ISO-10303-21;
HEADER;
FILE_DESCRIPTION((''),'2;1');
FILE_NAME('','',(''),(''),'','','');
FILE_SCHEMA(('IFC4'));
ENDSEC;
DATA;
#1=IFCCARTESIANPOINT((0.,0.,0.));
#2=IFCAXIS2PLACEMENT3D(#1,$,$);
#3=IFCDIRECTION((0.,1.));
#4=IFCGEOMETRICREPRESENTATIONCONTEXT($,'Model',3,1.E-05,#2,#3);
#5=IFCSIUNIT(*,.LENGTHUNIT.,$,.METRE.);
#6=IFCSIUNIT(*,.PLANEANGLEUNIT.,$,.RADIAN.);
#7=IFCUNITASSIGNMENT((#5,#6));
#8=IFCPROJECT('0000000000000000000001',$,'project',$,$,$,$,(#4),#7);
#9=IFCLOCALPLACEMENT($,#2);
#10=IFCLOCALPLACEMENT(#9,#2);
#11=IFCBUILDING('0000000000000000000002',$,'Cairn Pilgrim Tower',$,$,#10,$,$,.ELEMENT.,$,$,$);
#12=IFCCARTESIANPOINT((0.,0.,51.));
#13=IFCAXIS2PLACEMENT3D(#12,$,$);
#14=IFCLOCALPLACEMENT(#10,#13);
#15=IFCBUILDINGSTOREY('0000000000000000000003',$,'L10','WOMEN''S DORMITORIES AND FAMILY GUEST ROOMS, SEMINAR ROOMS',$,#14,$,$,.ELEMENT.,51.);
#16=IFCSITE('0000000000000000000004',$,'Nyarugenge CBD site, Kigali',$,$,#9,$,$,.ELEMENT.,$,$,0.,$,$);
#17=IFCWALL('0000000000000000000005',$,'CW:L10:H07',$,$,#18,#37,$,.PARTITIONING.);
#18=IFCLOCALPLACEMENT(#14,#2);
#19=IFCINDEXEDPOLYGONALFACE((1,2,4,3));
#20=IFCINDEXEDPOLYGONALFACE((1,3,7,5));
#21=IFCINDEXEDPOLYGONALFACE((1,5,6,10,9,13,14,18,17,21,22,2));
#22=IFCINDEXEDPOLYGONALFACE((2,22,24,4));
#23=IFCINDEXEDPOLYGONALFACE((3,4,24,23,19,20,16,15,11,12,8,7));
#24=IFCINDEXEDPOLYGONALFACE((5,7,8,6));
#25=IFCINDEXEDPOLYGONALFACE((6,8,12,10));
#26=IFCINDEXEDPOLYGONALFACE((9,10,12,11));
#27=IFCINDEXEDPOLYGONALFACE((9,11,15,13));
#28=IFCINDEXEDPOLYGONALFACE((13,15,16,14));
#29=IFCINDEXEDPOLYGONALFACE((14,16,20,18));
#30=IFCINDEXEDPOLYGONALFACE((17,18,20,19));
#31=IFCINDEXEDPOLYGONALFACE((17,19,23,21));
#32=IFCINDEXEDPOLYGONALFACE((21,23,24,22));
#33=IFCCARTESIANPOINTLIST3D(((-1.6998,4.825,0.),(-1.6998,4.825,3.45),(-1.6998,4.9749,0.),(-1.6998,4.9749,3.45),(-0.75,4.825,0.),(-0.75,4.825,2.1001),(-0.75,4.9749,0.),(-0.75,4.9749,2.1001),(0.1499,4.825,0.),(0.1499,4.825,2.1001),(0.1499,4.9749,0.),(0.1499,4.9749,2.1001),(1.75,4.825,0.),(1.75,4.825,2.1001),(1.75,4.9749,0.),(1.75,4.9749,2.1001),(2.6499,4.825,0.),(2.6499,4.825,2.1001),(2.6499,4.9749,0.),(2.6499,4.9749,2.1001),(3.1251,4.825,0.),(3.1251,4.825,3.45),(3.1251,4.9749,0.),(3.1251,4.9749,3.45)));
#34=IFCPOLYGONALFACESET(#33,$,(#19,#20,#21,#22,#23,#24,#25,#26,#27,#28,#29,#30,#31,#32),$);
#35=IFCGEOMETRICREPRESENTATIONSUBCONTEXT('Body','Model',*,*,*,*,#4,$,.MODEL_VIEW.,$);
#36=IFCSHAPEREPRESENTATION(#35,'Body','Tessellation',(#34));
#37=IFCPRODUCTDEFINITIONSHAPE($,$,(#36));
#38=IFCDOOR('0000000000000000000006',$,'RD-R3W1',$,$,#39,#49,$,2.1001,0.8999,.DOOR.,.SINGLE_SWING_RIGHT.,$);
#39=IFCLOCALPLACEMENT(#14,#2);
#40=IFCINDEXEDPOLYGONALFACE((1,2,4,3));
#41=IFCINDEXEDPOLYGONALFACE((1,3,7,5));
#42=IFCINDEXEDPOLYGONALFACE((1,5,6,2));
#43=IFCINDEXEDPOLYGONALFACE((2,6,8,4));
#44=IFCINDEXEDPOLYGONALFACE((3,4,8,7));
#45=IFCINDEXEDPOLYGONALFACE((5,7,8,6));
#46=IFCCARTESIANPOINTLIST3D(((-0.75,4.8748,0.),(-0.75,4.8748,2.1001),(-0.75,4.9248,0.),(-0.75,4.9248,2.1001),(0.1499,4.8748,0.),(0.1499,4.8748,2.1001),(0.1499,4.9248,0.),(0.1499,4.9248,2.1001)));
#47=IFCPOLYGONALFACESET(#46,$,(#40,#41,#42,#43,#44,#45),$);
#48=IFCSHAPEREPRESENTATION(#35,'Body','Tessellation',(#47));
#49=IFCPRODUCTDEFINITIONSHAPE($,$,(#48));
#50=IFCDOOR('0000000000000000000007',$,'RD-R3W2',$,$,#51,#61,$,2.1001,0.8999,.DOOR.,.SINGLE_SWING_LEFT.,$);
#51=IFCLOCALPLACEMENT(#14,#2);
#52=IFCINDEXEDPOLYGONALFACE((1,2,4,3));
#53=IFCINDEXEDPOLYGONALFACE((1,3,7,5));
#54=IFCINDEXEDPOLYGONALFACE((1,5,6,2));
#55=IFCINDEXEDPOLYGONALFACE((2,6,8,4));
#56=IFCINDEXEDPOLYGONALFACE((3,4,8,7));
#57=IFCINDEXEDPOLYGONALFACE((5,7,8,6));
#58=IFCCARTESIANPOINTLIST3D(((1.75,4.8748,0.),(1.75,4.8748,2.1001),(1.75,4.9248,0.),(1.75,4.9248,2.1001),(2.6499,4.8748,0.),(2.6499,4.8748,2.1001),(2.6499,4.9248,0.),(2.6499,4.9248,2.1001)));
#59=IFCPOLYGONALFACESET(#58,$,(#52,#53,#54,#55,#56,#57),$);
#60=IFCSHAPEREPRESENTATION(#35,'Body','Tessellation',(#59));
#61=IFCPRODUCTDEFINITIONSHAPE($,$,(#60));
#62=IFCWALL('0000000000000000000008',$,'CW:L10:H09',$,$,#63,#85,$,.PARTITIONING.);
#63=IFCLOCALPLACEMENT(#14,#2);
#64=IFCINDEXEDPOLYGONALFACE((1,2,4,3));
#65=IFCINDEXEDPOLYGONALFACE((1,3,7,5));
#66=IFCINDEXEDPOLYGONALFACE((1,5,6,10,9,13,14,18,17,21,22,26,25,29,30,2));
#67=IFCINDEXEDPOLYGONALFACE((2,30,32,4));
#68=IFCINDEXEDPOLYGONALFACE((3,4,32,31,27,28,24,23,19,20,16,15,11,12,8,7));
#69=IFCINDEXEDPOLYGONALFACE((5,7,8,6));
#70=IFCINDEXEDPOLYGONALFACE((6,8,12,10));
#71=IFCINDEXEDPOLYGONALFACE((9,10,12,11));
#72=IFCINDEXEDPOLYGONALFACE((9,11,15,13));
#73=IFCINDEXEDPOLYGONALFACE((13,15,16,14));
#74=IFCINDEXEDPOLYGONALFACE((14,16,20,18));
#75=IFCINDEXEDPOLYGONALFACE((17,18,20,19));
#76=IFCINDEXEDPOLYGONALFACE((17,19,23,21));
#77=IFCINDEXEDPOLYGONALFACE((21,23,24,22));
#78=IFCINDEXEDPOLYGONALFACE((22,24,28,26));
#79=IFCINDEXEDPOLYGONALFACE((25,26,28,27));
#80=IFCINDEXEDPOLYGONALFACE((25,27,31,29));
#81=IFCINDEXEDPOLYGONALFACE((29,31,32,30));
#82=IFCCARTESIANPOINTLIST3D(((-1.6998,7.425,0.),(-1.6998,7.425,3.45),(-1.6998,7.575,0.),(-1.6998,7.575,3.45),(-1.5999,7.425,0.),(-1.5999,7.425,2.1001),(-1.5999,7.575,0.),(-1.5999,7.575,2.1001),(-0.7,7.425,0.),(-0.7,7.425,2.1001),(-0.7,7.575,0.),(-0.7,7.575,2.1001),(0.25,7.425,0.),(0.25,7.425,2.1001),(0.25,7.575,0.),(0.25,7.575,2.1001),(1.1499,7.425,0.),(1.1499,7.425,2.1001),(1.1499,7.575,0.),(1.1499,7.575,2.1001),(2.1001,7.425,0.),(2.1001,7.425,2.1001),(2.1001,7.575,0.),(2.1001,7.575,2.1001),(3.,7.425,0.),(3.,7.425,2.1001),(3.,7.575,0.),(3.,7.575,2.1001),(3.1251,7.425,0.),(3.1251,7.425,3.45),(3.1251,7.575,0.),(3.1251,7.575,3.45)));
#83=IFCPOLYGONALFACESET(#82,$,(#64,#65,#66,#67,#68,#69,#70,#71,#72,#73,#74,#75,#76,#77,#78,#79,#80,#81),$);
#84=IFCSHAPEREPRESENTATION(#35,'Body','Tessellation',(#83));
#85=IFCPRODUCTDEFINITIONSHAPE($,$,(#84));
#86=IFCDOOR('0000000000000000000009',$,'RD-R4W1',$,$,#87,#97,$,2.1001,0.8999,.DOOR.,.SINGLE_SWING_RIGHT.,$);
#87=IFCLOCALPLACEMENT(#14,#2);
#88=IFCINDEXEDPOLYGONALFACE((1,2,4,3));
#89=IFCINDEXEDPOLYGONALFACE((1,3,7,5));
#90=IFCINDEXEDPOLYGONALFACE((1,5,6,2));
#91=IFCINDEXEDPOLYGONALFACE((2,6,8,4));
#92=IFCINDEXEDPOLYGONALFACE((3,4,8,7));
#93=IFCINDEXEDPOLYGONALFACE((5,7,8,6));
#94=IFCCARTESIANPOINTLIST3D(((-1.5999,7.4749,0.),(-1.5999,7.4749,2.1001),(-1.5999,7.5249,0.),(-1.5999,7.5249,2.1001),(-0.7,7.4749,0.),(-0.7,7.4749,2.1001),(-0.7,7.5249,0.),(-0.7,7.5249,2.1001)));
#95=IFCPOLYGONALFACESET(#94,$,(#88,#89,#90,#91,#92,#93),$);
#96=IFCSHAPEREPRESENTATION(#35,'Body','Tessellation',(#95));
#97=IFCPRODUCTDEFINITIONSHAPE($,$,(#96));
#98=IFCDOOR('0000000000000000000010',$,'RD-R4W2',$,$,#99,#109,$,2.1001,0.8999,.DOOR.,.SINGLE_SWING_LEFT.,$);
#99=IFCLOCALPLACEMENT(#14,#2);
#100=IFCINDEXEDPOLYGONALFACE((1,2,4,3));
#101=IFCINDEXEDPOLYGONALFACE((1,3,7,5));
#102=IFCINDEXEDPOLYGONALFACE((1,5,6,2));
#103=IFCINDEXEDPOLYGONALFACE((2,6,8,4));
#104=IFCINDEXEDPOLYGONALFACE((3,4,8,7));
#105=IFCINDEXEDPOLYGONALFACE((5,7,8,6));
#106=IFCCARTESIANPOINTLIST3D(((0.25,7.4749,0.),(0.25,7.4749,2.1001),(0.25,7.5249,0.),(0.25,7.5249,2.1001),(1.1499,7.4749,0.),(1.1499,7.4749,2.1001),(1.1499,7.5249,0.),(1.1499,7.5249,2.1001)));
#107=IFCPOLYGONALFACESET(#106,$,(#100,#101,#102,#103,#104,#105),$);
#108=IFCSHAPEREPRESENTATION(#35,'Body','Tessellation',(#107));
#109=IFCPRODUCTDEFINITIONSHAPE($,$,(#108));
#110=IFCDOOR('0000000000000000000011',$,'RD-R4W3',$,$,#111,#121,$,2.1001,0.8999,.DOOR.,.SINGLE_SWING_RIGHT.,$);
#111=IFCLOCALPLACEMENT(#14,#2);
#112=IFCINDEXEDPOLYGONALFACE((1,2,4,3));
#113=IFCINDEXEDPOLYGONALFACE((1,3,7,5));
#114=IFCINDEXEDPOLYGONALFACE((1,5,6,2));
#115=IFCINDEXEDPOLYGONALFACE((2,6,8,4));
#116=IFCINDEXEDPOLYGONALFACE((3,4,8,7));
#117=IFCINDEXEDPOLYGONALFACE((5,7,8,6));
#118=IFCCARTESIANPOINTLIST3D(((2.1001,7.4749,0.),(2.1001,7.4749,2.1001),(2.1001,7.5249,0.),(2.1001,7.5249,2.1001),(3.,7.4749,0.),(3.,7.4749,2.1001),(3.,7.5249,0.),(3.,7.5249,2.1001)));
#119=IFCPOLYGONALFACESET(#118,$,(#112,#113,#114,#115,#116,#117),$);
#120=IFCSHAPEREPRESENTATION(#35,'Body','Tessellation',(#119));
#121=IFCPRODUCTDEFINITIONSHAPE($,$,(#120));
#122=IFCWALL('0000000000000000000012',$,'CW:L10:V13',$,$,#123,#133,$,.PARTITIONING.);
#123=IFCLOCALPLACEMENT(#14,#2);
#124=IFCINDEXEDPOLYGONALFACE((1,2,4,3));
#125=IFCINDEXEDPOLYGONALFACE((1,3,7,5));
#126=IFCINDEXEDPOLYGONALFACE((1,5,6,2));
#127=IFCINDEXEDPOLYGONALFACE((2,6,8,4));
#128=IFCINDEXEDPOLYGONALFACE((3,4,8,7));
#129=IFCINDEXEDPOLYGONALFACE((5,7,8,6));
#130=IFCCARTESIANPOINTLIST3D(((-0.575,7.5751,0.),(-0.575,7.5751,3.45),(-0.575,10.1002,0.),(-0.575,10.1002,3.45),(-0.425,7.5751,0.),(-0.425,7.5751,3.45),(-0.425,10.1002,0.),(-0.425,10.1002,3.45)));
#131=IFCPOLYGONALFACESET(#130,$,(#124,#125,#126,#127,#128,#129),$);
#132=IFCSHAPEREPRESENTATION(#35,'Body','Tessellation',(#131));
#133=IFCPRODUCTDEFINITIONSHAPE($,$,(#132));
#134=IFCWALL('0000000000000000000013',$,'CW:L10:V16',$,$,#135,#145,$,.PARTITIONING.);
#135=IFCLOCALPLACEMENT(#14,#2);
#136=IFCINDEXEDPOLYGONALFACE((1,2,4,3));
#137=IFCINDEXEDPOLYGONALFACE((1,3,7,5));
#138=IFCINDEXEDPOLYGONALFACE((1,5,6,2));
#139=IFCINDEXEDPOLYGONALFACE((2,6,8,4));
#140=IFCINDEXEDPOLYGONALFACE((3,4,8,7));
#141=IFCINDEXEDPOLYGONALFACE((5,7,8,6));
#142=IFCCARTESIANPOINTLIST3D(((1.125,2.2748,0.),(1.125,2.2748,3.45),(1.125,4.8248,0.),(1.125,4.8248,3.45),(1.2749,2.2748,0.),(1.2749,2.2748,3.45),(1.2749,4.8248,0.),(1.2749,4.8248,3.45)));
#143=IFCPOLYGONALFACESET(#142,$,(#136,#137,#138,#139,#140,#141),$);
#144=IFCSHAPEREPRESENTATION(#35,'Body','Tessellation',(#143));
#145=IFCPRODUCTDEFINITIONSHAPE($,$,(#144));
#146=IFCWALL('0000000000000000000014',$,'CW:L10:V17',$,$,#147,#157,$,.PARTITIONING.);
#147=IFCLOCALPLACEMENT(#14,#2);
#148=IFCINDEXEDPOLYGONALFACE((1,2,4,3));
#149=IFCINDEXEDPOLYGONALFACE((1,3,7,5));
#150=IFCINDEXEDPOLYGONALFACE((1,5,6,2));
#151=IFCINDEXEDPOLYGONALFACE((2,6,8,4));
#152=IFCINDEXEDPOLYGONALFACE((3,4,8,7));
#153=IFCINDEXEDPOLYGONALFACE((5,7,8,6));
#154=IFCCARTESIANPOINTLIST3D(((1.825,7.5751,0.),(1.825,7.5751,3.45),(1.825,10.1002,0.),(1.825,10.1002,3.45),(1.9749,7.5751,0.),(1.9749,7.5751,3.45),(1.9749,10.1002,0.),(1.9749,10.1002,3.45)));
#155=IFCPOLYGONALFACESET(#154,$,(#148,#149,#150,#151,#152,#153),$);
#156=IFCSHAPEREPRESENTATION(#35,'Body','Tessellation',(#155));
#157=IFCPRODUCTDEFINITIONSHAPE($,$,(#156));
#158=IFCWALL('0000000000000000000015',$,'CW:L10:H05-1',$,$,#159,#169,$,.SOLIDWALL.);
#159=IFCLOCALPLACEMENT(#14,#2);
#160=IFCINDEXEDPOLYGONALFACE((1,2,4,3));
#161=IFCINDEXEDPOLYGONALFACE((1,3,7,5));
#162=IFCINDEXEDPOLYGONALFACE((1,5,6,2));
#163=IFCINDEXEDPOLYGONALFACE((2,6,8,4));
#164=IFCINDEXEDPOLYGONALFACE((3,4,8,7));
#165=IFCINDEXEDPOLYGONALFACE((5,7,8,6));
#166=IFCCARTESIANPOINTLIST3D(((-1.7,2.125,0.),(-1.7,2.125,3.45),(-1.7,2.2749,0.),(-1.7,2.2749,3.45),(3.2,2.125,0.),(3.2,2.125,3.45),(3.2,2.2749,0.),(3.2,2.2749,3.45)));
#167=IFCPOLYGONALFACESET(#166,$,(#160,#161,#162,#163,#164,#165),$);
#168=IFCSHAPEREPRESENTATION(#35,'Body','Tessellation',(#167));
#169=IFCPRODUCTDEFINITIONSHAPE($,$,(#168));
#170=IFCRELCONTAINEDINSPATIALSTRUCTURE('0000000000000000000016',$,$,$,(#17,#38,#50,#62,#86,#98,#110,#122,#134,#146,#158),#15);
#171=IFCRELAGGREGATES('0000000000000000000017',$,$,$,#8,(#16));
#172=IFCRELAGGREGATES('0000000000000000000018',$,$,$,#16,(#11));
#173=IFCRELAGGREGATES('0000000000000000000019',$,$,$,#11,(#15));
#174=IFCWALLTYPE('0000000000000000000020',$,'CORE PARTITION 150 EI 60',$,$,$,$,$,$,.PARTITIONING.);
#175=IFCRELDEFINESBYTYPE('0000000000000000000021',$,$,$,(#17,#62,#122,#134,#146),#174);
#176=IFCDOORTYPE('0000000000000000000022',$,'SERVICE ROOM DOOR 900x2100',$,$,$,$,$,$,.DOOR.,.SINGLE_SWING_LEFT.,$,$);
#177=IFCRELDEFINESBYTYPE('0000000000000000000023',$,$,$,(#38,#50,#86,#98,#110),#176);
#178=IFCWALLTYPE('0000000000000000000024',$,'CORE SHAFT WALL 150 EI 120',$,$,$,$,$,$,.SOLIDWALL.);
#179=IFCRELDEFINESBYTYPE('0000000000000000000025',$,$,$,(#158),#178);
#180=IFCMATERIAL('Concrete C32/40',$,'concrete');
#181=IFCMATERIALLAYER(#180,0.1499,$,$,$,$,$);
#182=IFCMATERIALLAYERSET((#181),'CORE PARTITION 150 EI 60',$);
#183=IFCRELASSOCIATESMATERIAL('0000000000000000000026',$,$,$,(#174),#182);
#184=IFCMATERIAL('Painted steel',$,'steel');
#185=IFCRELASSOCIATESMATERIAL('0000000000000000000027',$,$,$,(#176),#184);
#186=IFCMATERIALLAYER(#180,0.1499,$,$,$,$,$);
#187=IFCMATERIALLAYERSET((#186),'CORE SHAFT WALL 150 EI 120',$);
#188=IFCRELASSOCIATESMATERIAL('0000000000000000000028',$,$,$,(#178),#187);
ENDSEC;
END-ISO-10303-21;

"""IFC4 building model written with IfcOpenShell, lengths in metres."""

from ifc_helpers import new_model, si_unit, direction, frame, frame_2d, origin, place, context, subcontext, project, spatial, rectangle, extrude, material, layer, layer_set, type_object, element, fill, save


model = new_model("IFC4")

# Units and contexts
model_context = context("Model", 3, precision=1e-05, world=origin(), true_north=direction((0.0, 1.0)))
body_context = subcontext(model_context, "Body", "Model", "MODEL_VIEW")
ifc_project = project(units=[si_unit("LENGTHUNIT", "METRE"), si_unit("PLANEANGLEUNIT", "RADIAN")], contexts=[model_context])

# Site, building, storey
site_placement = place(None, origin())
site = spatial("IfcSite", under=ifc_project, at=site_placement, Name="Nyarugenge CBD site, Kigali", CompositionType="ELEMENT", RefElevation=0.0)
building_placement = place(site_placement, origin())
building = spatial("IfcBuilding", under=site, at=building_placement, Name="Cairn Pilgrim Tower", CompositionType="ELEMENT")
storey_placement = place(building_placement, frame((0.0, 0.0, 51.0)))
storey = spatial("IfcBuildingStorey", under=building, at=storey_placement, Name="L10", Description="WOMEN'S DORMITORIES AND FAMILY GUEST ROOMS, SEMINAR ROOMS", CompositionType="ELEMENT", Elevation=51.0)

# Shared definitions
ifc_material_1 = material(Name="Concrete C32/40", Category="concrete")

# Walls, openings, doors
ifc_layer_1 = layer(ifc_material_1, 0.1499)
ifc_layer_set_1 = layer_set([ifc_layer_1], Name="CORE PARTITION 150 EI 60")
wall_type_1 = type_object("IfcWallType", Name="CORE PARTITION 150 EI 60", PredefinedType="PARTITIONING", material=ifc_layer_set_1)
wall_1_placement = place(storey_placement, frame((-1.7, 4.8999, 0.0), z_axis=(0.0, 0.0, 1.0), x_axis=(1.0, 0.0, 0.0)))
wall_1 = element("IfcWall", 1, at=wall_1_placement, inside=storey, type_object=wall_type_1, Name="CW:L10:H07", PredefinedType="PARTITIONING", context=body_context, shape_type="SweptSolid", body=[
    extrude(rectangle(XDim=4.825, YDim=0.1499, at=frame_2d((2.4126, 0.0))), origin(), (0.0, 0.0, 1.0), 3.45),
])
opening_1_placement = place(wall_1_placement, frame((0.95, 0.0, 0.0)))
opening_1 = element("IfcOpeningElement", 2, at=opening_1_placement, cuts=wall_1, PredefinedType="OPENING", context=body_context, shape_type="SweptSolid", body=[
    extrude(rectangle(XDim=0.8999, YDim=2.1001, at=frame_2d((0.45, 1.05))), frame((0.0, 0.085, 0.0), z_axis=(0.0, -1.0, 0.0), x_axis=(1.0, 0.0, 0.0)), (0.0, 0.0, 1.0), 0.1699),
])
opening_2_placement = place(wall_1_placement, frame((3.45, 0.0, 0.0)))
opening_2 = element("IfcOpeningElement", 3, at=opening_2_placement, cuts=wall_1, PredefinedType="OPENING", context=body_context, shape_type="SweptSolid", body=[
    extrude(rectangle(XDim=0.8999, YDim=2.1001, at=frame_2d((0.45, 1.05))), frame((0.0, 0.085, 0.0), z_axis=(0.0, -1.0, 0.0), x_axis=(1.0, 0.0, 0.0)), (0.0, 0.0, 1.0), 0.1699),
])
ifc_material_2 = material(Name="Painted steel", Category="steel")
door_type = type_object("IfcDoorType", Name="SERVICE ROOM DOOR 900x2100", OperationType="SINGLE_SWING_LEFT", PredefinedType="DOOR", material=ifc_material_2)
door_1_placement = place(opening_1_placement, origin())
door_1 = element("IfcDoor", 4, at=door_1_placement, inside=storey, type_object=door_type, Name="RD-R3W1", OperationType="SINGLE_SWING_RIGHT", OverallHeight=2.1001, OverallWidth=0.8999, PredefinedType="DOOR", context=body_context, shape_type="SweptSolid", body=[
    extrude(rectangle(XDim=0.8999, YDim=2.1001, at=frame_2d((0.45, 1.05))), frame((0.0, 0.0249, 0.0), z_axis=(0.0, -1.0, 0.0), x_axis=(1.0, 0.0, 0.0)), (0.0, 0.0, 1.0), 0.05),
])
fill(opening_1, door_1)
door_2_placement = place(opening_2_placement, origin())
door_2 = element("IfcDoor", 5, at=door_2_placement, inside=storey, type_object=door_type, Name="RD-R3W2", OperationType="SINGLE_SWING_LEFT", OverallHeight=2.1001, OverallWidth=0.8999, PredefinedType="DOOR", context=body_context, shape_type="SweptSolid", body=[
    extrude(rectangle(XDim=0.8999, YDim=2.1001, at=frame_2d((0.45, 1.05))), frame((0.0, 0.0249, 0.0), z_axis=(0.0, -1.0, 0.0), x_axis=(1.0, 0.0, 0.0)), (0.0, 0.0, 1.0), 0.05),
])
fill(opening_2, door_2)
wall_2_placement = place(storey_placement, frame((-1.7, 7.5, 0.0), z_axis=(0.0, 0.0, 1.0), x_axis=(1.0, 0.0, 0.0)))
wall_2 = element("IfcWall", 6, at=wall_2_placement, inside=storey, type_object=wall_type_1, Name="CW:L10:H09", PredefinedType="PARTITIONING", context=body_context, shape_type="SweptSolid", body=[
    extrude(rectangle(XDim=4.825, YDim=0.1499, at=frame_2d((2.4126, 0.0))), origin(), (0.0, 0.0, 1.0), 3.45),
])
opening_3_placement = place(wall_2_placement, frame((0.1001, 0.0, 0.0)))
opening_3 = element("IfcOpeningElement", 7, at=opening_3_placement, cuts=wall_2, PredefinedType="OPENING", context=body_context, shape_type="SweptSolid", body=[
    extrude(rectangle(XDim=0.8999, YDim=2.1001, at=frame_2d((0.45, 1.05))), frame((0.0, 0.085, 0.0), z_axis=(0.0, -1.0, 0.0), x_axis=(1.0, 0.0, 0.0)), (0.0, 0.0, 1.0), 0.1699),
])
opening_4_placement = place(wall_2_placement, frame((1.95, 0.0, 0.0)))
opening_4 = element("IfcOpeningElement", 8, at=opening_4_placement, cuts=wall_2, PredefinedType="OPENING", context=body_context, shape_type="SweptSolid", body=[
    extrude(rectangle(XDim=0.8999, YDim=2.1001, at=frame_2d((0.45, 1.05))), frame((0.0, 0.085, 0.0), z_axis=(0.0, -1.0, 0.0), x_axis=(1.0, 0.0, 0.0)), (0.0, 0.0, 1.0), 0.1699),
])
opening_5_placement = place(wall_2_placement, frame((3.8, 0.0, 0.0)))
opening_5 = element("IfcOpeningElement", 9, at=opening_5_placement, cuts=wall_2, PredefinedType="OPENING", context=body_context, shape_type="SweptSolid", body=[
    extrude(rectangle(XDim=0.8999, YDim=2.1001, at=frame_2d((0.45, 1.05))), frame((0.0, 0.085, 0.0), z_axis=(0.0, -1.0, 0.0), x_axis=(1.0, 0.0, 0.0)), (0.0, 0.0, 1.0), 0.1699),
])
door_3_placement = place(opening_3_placement, origin())
door_3 = element("IfcDoor", 10, at=door_3_placement, inside=storey, type_object=door_type, Name="RD-R4W1", OperationType="SINGLE_SWING_RIGHT", OverallHeight=2.1001, OverallWidth=0.8999, PredefinedType="DOOR", context=body_context, shape_type="SweptSolid", body=[
    extrude(rectangle(XDim=0.8999, YDim=2.1001, at=frame_2d((0.45, 1.05))), frame((0.0, 0.0249, 0.0), z_axis=(0.0, -1.0, 0.0), x_axis=(1.0, 0.0, 0.0)), (0.0, 0.0, 1.0), 0.05),
])
fill(opening_3, door_3)
door_4_placement = place(opening_4_placement, origin())
door_4 = element("IfcDoor", 11, at=door_4_placement, inside=storey, type_object=door_type, Name="RD-R4W2", OperationType="SINGLE_SWING_LEFT", OverallHeight=2.1001, OverallWidth=0.8999, PredefinedType="DOOR", context=body_context, shape_type="SweptSolid", body=[
    extrude(rectangle(XDim=0.8999, YDim=2.1001, at=frame_2d((0.45, 1.05))), frame((0.0, 0.0249, 0.0), z_axis=(0.0, -1.0, 0.0), x_axis=(1.0, 0.0, 0.0)), (0.0, 0.0, 1.0), 0.05),
])
fill(opening_4, door_4)
door_5_placement = place(opening_5_placement, origin())
door_5 = element("IfcDoor", 12, at=door_5_placement, inside=storey, type_object=door_type, Name="RD-R4W3", OperationType="SINGLE_SWING_RIGHT", OverallHeight=2.1001, OverallWidth=0.8999, PredefinedType="DOOR", context=body_context, shape_type="SweptSolid", body=[
    extrude(rectangle(XDim=0.8999, YDim=2.1001, at=frame_2d((0.45, 1.05))), frame((0.0, 0.0249, 0.0), z_axis=(0.0, -1.0, 0.0), x_axis=(1.0, 0.0, 0.0)), (0.0, 0.0, 1.0), 0.05),
])
fill(opening_5, door_5)

# Walls
wall_3_placement = place(storey_placement, frame((-0.5, 7.575, 0.0), z_axis=(0.0, 0.0, 1.0), x_axis=(0.0, 1.0, 0.0)))
element("IfcWall", 13, at=wall_3_placement, inside=storey, type_object=wall_type_1, Name="CW:L10:V13", PredefinedType="PARTITIONING", context=body_context, shape_type="SweptSolid", body=[
    extrude(rectangle(XDim=2.5251, YDim=0.1499, at=frame_2d((1.2627, 0.0))), origin(), (0.0, 0.0, 1.0), 3.45),
])
wall_4_placement = place(storey_placement, frame((1.2, 2.2749, 0.0), z_axis=(0.0, 0.0, 1.0), x_axis=(0.0, 1.0, 0.0)))
element("IfcWall", 14, at=wall_4_placement, inside=storey, type_object=wall_type_1, Name="CW:L10:V16", PredefinedType="PARTITIONING", context=body_context, shape_type="SweptSolid", body=[
    extrude(rectangle(XDim=2.55, YDim=0.1499, at=frame_2d((1.2749, 0.0))), origin(), (0.0, 0.0, 1.0), 3.45),
])
wall_5_placement = place(storey_placement, frame((1.8999, 7.575, 0.0), z_axis=(0.0, 0.0, 1.0), x_axis=(0.0, 1.0, 0.0)))
element("IfcWall", 15, at=wall_5_placement, inside=storey, type_object=wall_type_1, Name="CW:L10:V17", PredefinedType="PARTITIONING", context=body_context, shape_type="SweptSolid", body=[
    extrude(rectangle(XDim=2.5251, YDim=0.1499, at=frame_2d((1.2627, 0.0))), origin(), (0.0, 0.0, 1.0), 3.45),
])
ifc_layer_2 = layer(ifc_material_1, 0.1499)
ifc_layer_set_2 = layer_set([ifc_layer_2], Name="CORE SHAFT WALL 150 EI 120")
wall_type_2 = type_object("IfcWallType", Name="CORE SHAFT WALL 150 EI 120", PredefinedType="SOLIDWALL", material=ifc_layer_set_2)
wall_6_placement = place(storey_placement, frame((-1.7, 2.2, 0.0), z_axis=(0.0, 0.0, 1.0), x_axis=(1.0, 0.0, 0.0)))
element("IfcWall", 16, at=wall_6_placement, inside=storey, type_object=wall_type_2, Name="CW:L10:H05-1", PredefinedType="SOLIDWALL", context=body_context, shape_type="SweptSolid", body=[
    extrude(rectangle(XDim=4.8999, YDim=0.1499, at=frame_2d((2.45, 0.0))), origin(), (0.0, 0.0, 1.0), 3.45),
])

save(model, "model.ifc")
